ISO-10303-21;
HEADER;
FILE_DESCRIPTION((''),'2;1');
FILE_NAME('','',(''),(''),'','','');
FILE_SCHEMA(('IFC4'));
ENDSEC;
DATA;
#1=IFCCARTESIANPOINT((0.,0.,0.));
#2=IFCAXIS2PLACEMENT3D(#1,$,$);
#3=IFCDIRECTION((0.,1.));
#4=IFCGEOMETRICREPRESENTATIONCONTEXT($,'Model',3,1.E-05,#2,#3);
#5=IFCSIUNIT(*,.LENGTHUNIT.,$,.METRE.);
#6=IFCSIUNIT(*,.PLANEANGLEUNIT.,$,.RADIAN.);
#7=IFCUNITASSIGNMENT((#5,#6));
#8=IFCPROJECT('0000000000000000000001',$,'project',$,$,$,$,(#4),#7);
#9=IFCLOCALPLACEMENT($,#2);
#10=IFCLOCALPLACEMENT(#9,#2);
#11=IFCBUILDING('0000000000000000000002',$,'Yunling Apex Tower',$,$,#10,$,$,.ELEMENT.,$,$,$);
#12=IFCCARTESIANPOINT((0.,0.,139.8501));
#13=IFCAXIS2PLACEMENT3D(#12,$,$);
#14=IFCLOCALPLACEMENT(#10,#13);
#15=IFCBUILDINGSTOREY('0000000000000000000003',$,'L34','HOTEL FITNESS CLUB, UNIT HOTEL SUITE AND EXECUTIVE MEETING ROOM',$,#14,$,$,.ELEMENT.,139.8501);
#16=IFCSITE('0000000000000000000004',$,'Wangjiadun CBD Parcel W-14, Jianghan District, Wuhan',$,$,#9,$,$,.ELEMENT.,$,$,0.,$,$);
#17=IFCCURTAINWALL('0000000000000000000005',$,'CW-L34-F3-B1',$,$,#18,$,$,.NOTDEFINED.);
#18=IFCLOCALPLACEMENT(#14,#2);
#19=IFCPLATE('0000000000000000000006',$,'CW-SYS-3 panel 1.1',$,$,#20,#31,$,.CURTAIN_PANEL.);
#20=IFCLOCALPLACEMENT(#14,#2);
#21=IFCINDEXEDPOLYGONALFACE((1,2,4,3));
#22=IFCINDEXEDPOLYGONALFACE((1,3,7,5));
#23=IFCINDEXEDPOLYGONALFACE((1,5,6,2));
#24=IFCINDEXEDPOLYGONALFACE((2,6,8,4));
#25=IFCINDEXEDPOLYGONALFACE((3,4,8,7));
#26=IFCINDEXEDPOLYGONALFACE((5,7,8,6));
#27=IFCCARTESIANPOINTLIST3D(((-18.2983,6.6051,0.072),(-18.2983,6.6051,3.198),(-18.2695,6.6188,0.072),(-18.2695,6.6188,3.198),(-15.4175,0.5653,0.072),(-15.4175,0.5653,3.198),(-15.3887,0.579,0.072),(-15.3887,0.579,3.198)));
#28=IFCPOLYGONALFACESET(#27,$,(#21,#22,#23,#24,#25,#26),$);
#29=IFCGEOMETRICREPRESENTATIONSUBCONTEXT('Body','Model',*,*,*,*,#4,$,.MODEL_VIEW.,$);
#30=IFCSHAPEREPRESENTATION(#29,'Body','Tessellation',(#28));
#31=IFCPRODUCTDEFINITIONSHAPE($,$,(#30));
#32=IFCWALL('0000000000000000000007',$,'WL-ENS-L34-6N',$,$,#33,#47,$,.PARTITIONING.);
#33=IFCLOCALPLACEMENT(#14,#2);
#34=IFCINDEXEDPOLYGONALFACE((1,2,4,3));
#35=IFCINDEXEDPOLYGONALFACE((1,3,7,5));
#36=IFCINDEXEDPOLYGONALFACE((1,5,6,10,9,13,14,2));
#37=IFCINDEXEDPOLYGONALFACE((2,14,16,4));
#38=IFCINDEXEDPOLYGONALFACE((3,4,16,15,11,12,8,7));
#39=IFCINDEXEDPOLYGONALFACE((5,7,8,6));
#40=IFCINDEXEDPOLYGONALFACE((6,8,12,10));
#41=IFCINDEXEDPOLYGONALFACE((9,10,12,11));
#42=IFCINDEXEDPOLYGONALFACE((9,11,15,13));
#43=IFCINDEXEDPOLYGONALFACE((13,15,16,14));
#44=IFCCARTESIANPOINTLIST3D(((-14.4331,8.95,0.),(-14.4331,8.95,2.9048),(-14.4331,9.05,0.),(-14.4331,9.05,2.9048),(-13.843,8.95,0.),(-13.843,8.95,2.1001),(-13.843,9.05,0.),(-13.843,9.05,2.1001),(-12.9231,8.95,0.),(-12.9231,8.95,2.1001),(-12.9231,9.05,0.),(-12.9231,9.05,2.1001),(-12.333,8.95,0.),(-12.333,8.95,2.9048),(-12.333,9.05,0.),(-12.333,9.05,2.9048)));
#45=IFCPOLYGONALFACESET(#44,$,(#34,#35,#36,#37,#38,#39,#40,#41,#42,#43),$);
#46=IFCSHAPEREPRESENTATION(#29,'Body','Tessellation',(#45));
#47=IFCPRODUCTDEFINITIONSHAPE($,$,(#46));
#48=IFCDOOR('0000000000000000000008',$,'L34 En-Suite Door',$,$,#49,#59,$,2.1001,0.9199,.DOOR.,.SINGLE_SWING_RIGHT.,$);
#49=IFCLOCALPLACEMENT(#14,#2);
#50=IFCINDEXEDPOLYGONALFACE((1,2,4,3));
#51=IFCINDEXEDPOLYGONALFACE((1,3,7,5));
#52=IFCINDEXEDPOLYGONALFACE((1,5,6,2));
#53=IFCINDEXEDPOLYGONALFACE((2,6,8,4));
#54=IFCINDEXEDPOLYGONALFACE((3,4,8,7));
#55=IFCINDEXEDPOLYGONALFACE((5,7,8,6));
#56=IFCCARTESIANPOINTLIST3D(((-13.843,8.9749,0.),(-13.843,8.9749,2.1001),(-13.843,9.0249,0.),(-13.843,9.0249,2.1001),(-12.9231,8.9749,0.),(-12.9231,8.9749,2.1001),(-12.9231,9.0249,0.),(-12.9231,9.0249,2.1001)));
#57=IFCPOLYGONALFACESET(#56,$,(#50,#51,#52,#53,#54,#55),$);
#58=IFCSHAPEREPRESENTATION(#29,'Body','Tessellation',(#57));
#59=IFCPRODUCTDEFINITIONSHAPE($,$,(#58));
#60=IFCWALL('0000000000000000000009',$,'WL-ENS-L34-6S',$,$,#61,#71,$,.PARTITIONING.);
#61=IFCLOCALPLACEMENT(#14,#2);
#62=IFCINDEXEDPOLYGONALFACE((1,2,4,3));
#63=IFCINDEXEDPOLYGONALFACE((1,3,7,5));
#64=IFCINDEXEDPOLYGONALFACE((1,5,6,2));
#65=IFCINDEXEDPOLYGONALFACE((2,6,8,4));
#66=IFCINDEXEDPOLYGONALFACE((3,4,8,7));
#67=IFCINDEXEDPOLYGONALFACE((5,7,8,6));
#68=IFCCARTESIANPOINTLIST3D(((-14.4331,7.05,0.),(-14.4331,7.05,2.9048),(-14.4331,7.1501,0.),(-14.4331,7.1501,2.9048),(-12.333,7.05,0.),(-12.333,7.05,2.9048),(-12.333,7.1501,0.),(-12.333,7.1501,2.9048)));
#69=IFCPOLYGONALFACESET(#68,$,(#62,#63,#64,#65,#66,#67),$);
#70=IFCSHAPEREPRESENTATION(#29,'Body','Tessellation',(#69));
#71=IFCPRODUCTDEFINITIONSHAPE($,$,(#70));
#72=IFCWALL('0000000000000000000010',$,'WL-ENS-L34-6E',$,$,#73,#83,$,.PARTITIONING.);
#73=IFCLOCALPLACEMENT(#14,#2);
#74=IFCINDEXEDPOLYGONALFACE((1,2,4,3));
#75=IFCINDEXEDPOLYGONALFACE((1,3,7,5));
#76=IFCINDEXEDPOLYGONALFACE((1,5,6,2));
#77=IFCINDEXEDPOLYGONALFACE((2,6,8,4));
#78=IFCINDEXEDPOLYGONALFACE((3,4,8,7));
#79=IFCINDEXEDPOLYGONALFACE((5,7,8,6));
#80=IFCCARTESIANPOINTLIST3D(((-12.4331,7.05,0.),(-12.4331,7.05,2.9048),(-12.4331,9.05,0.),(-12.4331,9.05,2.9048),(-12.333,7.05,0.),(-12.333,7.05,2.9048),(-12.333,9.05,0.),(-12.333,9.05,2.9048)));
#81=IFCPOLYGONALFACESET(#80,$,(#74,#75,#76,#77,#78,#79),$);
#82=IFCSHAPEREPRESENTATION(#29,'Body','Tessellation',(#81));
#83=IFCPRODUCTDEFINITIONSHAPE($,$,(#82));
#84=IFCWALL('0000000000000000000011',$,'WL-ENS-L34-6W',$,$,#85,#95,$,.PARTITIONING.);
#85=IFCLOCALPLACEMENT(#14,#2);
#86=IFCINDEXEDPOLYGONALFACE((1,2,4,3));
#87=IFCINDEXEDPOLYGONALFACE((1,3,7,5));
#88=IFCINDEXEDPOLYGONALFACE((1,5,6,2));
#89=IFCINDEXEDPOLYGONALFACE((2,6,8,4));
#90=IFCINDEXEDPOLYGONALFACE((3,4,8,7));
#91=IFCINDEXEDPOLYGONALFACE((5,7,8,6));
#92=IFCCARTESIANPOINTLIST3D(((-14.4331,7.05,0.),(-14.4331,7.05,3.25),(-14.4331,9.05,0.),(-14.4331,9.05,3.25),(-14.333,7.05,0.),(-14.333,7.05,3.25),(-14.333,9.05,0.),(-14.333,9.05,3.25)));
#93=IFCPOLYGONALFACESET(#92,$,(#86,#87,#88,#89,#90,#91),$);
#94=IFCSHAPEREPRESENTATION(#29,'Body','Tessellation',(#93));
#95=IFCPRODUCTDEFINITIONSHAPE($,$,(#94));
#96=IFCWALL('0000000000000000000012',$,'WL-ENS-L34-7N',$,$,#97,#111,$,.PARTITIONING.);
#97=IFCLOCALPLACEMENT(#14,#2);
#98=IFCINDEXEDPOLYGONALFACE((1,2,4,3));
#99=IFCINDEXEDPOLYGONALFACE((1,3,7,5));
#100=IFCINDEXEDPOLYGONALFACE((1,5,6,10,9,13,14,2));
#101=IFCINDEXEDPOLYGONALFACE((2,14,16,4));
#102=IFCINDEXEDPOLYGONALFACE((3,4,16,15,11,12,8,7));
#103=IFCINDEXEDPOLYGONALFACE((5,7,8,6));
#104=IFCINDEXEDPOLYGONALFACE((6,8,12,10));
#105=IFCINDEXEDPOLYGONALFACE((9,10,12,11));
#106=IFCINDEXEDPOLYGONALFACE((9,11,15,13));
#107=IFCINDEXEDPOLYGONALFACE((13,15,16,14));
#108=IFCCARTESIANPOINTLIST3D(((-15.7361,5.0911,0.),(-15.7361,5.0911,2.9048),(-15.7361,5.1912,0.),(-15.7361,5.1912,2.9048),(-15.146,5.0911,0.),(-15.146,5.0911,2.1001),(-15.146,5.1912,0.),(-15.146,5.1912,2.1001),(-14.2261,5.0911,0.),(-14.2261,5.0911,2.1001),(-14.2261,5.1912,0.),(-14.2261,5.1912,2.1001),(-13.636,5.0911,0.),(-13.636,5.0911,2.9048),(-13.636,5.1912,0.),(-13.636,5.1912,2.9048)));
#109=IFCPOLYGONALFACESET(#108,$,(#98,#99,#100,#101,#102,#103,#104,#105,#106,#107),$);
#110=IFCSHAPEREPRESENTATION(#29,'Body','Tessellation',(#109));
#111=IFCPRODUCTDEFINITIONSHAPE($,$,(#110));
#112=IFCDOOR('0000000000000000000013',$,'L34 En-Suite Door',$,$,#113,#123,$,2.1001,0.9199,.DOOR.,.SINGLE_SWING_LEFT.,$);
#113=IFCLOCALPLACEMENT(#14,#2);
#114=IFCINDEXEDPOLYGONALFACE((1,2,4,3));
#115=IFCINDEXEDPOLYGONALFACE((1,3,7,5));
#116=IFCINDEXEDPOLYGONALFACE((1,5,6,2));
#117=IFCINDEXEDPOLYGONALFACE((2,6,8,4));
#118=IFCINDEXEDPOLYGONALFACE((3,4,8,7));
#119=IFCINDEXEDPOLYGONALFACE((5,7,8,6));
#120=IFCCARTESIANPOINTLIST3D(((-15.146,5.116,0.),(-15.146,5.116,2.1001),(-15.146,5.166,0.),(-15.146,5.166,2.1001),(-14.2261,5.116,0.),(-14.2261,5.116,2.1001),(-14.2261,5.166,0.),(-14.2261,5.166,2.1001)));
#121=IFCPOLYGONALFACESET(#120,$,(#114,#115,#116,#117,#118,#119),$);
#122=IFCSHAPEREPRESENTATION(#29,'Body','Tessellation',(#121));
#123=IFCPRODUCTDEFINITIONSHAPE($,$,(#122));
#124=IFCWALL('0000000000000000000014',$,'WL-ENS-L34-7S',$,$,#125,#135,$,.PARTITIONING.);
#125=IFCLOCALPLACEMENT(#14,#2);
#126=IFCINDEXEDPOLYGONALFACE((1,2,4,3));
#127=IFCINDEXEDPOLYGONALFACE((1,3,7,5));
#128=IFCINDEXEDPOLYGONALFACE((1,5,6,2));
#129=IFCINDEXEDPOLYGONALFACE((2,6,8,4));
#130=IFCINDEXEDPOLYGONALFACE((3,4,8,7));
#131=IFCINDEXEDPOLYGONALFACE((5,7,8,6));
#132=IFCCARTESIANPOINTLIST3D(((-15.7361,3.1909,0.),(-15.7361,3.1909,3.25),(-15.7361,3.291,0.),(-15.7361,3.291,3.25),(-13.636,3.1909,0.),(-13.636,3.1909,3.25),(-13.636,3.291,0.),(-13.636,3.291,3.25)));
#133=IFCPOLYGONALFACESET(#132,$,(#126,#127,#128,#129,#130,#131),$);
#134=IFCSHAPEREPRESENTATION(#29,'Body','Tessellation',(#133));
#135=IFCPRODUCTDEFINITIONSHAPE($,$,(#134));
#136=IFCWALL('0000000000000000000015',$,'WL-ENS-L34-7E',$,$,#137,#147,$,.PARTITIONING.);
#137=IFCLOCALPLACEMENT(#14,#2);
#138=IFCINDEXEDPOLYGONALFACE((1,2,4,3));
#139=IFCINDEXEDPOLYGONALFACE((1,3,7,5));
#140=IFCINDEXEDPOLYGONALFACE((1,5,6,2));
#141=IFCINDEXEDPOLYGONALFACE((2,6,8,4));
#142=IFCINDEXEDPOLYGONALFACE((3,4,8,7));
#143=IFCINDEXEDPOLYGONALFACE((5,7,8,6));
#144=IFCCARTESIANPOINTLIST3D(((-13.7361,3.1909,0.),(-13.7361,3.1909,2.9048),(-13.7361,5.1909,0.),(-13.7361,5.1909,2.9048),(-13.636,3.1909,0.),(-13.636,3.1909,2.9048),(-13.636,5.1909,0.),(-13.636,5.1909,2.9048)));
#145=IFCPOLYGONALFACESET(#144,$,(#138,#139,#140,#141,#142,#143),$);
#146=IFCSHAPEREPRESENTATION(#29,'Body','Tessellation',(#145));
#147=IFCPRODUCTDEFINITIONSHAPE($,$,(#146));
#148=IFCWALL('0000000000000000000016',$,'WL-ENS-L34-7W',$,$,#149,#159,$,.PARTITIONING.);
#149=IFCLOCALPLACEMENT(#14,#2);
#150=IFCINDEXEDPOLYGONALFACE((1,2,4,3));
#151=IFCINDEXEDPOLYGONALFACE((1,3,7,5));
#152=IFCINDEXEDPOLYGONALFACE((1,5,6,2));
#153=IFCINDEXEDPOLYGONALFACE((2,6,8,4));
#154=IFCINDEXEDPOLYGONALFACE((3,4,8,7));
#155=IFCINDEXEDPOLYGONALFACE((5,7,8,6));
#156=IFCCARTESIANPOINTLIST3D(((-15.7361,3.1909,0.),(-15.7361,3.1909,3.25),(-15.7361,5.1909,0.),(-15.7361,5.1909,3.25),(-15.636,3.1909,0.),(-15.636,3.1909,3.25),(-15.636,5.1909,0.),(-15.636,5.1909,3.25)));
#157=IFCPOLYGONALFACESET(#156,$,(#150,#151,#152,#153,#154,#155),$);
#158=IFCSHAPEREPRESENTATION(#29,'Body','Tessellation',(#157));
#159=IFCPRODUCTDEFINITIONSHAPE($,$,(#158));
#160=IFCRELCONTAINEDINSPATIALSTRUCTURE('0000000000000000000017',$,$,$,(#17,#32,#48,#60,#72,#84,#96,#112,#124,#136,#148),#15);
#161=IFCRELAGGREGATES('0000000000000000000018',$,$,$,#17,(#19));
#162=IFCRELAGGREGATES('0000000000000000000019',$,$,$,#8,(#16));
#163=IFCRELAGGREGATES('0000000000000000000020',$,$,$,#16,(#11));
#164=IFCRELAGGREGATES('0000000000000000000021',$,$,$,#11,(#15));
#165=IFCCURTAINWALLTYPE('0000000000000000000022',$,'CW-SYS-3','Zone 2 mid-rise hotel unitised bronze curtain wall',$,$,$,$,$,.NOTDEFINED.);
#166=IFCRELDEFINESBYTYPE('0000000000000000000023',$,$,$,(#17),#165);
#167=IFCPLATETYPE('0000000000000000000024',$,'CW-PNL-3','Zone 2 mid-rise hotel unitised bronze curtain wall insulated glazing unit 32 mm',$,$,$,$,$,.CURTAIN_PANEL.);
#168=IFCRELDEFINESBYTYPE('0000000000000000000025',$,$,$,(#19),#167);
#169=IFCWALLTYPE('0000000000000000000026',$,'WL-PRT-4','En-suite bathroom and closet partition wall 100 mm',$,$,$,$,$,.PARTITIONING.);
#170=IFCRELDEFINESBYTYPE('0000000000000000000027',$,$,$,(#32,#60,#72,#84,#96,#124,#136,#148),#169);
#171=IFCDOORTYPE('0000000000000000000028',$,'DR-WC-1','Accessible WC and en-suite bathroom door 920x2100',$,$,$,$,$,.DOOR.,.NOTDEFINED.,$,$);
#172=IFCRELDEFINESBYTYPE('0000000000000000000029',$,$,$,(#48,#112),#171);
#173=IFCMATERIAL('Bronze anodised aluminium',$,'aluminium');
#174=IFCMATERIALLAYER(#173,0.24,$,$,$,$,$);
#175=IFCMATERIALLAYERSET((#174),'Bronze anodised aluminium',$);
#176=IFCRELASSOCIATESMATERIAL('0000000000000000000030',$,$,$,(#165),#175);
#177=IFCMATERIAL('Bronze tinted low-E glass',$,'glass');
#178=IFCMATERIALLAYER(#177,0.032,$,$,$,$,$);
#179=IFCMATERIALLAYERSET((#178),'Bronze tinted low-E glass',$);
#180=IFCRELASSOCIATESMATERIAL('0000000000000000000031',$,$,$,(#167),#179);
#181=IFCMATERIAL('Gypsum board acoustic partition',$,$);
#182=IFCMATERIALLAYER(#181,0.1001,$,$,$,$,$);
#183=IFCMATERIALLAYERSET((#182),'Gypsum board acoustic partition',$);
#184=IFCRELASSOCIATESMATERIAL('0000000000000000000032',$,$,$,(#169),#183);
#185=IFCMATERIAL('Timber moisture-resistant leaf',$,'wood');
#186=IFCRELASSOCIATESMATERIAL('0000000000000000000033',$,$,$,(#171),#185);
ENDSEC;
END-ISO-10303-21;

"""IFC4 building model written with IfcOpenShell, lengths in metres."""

from ifc_helpers import new_model, si_unit, direction, frame, frame_2d, origin, origin_2d, place, context, subcontext, project, spatial, rectangle, extrude, source, transform, mapped, material, layer, layer_set, type_object, element, fill, aggregate, save


model = new_model("IFC4")

# Units and contexts
model_context = context("Model", 3, precision=1e-05, world=origin(), true_north=direction((0.0, 1.0)))
body_context = subcontext(model_context, "Body", "Model", "MODEL_VIEW")
ifc_project = project(units=[si_unit("LENGTHUNIT", "METRE"), si_unit("PLANEANGLEUNIT", "RADIAN")], contexts=[model_context])

# Site, building, storey
site_placement = place(None, origin())
site = spatial("IfcSite", under=ifc_project, at=site_placement, Name="Wangjiadun CBD Parcel W-14, Jianghan District, Wuhan", CompositionType="ELEMENT", RefElevation=0.0)
building_placement = place(site_placement, origin())
building = spatial("IfcBuilding", under=site, at=building_placement, Name="Yunling Apex Tower", CompositionType="ELEMENT")
storey_placement = place(building_placement, frame((0.0, 0.0, 139.8501)))
storey = spatial("IfcBuildingStorey", under=building, at=storey_placement, Name="L34", Description="HOTEL FITNESS CLUB, UNIT HOTEL SUITE AND EXECUTIVE MEETING ROOM", CompositionType="ELEMENT", Elevation=139.8501)

# Curtain wall
ifc_material_1 = material(Name="Bronze anodised aluminium", Category="aluminium")
ifc_layer_1 = layer(ifc_material_1, 0.24)
ifc_layer_set_1 = layer_set([ifc_layer_1], Name="Bronze anodised aluminium")
curtain_wall_type = type_object("IfcCurtainWallType", Name="CW-SYS-3", Description="Zone 2 mid-rise hotel unitised bronze curtain wall", PredefinedType="NOTDEFINED", material=ifc_layer_set_1)
curtain_wall_1_placement = place(storey_placement, origin())
curtain_wall_1 = element("IfcCurtainWall", 1, at=curtain_wall_1_placement, inside=storey, type_object=curtain_wall_type, Name="CW-L34-F3-B1", PredefinedType="NOTDEFINED")

# Plate
ifc_material_2 = material(Name="Bronze tinted low-E glass", Category="glass")
ifc_layer_2 = layer(ifc_material_2, 0.032)
ifc_layer_set_2 = layer_set([ifc_layer_2], Name="Bronze tinted low-E glass")
plate_type = type_object("IfcPlateType", Name="CW-PNL-3", Description="Zone 2 mid-rise hotel unitised bronze curtain wall insulated glazing unit 32 mm", PredefinedType="CURTAIN_PANEL", material=ifc_layer_set_2)
shared_shape_1 = source(origin(), body_context, "Body", "SweptSolid", [
    extrude(rectangle(XDim=6.6917, YDim=0.032, at=origin_2d()), origin(), (0.0, 0.0, 1.0), 3.126),
])
plate_1_placement = place(storey_placement, frame((-16.8435, 3.592, 0.072), z_axis=(0.0, 0.0, 1.0), x_axis=(0.430506, -0.902588, 0.0)))
plate_1 = element("IfcPlate", 2, at=plate_1_placement, type_object=plate_type, Name="CW-SYS-3 panel 1.1", PredefinedType="CURTAIN_PANEL", context=body_context, shape_type="MappedRepresentation", body=[
    mapped(shared_shape_1, transform((0.0, 0.0, 0.0), scale=1.0)),
])
aggregate(curtain_wall_1, [plate_1])

# Wall, opening, door
ifc_material_3 = material(Name="Gypsum board acoustic partition")
ifc_layer_3 = layer(ifc_material_3, 0.1001)
ifc_layer_set_3 = layer_set([ifc_layer_3], Name="Gypsum board acoustic partition")
wall_type = type_object("IfcWallType", Name="WL-PRT-4", Description="En-suite bathroom and closet partition wall 100 mm", PredefinedType="PARTITIONING", material=ifc_layer_set_3)
wall_1_placement = place(storey_placement, frame((-14.4331, 9.0, 0.0), z_axis=(0.0, 0.0, 1.0), x_axis=(1.0, 0.0, 0.0)))
wall_1 = element("IfcWall", 3, at=wall_1_placement, inside=storey, type_object=wall_type, Name="WL-ENS-L34-6N", PredefinedType="PARTITIONING", context=body_context, shape_type="SweptSolid", body=[
    extrude(rectangle(XDim=2.1001, YDim=0.1001, at=frame_2d((1.05, 0.0))), origin(), (0.0, 0.0, 1.0), 2.9048),
])
opening_1_placement = place(wall_1_placement, frame((0.5901, 0.0, 0.0)))
opening_1 = element("IfcOpeningElement", 4, at=opening_1_placement, cuts=wall_1, PredefinedType="OPENING", context=body_context, shape_type="SweptSolid", body=[
    extrude(rectangle(XDim=0.9199, YDim=2.1001, at=frame_2d((0.46, 1.05))), frame((0.0, 0.0601, 0.0), z_axis=(0.0, -1.0, 0.0), x_axis=(1.0, 0.0, 0.0)), (0.0, 0.0, 1.0), 0.1201),
])
ifc_material_4 = material(Name="Timber moisture-resistant leaf", Category="wood")
door_type = type_object("IfcDoorType", Name="DR-WC-1", Description="Accessible WC and en-suite bathroom door 920x2100", OperationType="NOTDEFINED", PredefinedType="DOOR", material=ifc_material_4)
door_1_placement = place(opening_1_placement, origin())
door_1 = element("IfcDoor", 5, at=door_1_placement, inside=storey, type_object=door_type, Name="L34 En-Suite Door", OperationType="SINGLE_SWING_RIGHT", OverallHeight=2.1001, OverallWidth=0.9199, PredefinedType="DOOR", context=body_context, shape_type="SweptSolid", body=[
    extrude(rectangle(XDim=0.9199, YDim=2.1001, at=frame_2d((0.46, 1.05))), frame((0.0, 0.0249, 0.0), z_axis=(0.0, -1.0, 0.0), x_axis=(1.0, 0.0, 0.0)), (0.0, 0.0, 1.0), 0.05),
])
fill(opening_1, door_1)

# Walls
wall_2_placement = place(storey_placement, frame((-12.333, 7.1001, 0.0), z_axis=(0.0, 0.0, 1.0), x_axis=(-1.0, 0.0, 0.0)))
element("IfcWall", 6, at=wall_2_placement, inside=storey, type_object=wall_type, Name="WL-ENS-L34-6S", PredefinedType="PARTITIONING", context=body_context, shape_type="SweptSolid", body=[
    extrude(rectangle(XDim=2.1001, YDim=0.1001, at=frame_2d((1.05, 0.0))), origin(), (0.0, 0.0, 1.0), 2.9048),
])
wall_3_placement = place(storey_placement, frame((-12.3831, 9.05, 0.0), z_axis=(0.0, 0.0, 1.0), x_axis=(0.0, -1.0, 0.0)))
element("IfcWall", 7, at=wall_3_placement, inside=storey, type_object=wall_type, Name="WL-ENS-L34-6E", PredefinedType="PARTITIONING", context=body_context, shape_type="SweptSolid", body=[
    extrude(rectangle(XDim=2.0, YDim=0.1001, at=frame_2d((1.0, 0.0))), origin(), (0.0, 0.0, 1.0), 2.9048),
])
wall_4_placement = place(storey_placement, frame((-14.3831, 7.05, 0.0), z_axis=(0.0, 0.0, 1.0), x_axis=(0.0, 1.0, 0.0)))
element("IfcWall", 8, at=wall_4_placement, inside=storey, type_object=wall_type, Name="WL-ENS-L34-6W", PredefinedType="PARTITIONING", context=body_context, shape_type="SweptSolid", body=[
    extrude(rectangle(XDim=2.0, YDim=0.1001, at=frame_2d((1.0, 0.0))), origin(), (0.0, 0.0, 1.0), 3.25),
])

# Wall, opening, door
wall_5_placement = place(storey_placement, frame((-15.7361, 5.1411, 0.0), z_axis=(0.0, 0.0, 1.0), x_axis=(1.0, 0.0, 0.0)))
wall_5 = element("IfcWall", 9, at=wall_5_placement, inside=storey, type_object=wall_type, Name="WL-ENS-L34-7N", PredefinedType="PARTITIONING", context=body_context, shape_type="SweptSolid", body=[
    extrude(rectangle(XDim=2.1001, YDim=0.1001, at=frame_2d((1.05, 0.0))), origin(), (0.0, 0.0, 1.0), 2.9048),
])
opening_2_placement = place(wall_5_placement, frame((0.5901, 0.0, 0.0)))
opening_2 = element("IfcOpeningElement", 10, at=opening_2_placement, cuts=wall_5, PredefinedType="OPENING", context=body_context, shape_type="SweptSolid", body=[
    extrude(rectangle(XDim=0.9199, YDim=2.1001, at=frame_2d((0.46, 1.05))), frame((0.0, 0.0601, 0.0), z_axis=(0.0, -1.0, 0.0), x_axis=(1.0, 0.0, 0.0)), (0.0, 0.0, 1.0), 0.1201),
])
door_2_placement = place(opening_2_placement, origin())
door_2 = element("IfcDoor", 11, at=door_2_placement, inside=storey, type_object=door_type, Name="L34 En-Suite Door", OperationType="SINGLE_SWING_LEFT", OverallHeight=2.1001, OverallWidth=0.9199, PredefinedType="DOOR", context=body_context, shape_type="SweptSolid", body=[
    extrude(rectangle(XDim=0.9199, YDim=2.1001, at=frame_2d((0.46, 1.05))), frame((0.0, 0.0249, 0.0), z_axis=(0.0, -1.0, 0.0), x_axis=(1.0, 0.0, 0.0)), (0.0, 0.0, 1.0), 0.05),
])
fill(opening_2, door_2)

# Walls
wall_6_placement = place(storey_placement, frame((-13.636, 3.241, 0.0), z_axis=(0.0, 0.0, 1.0), x_axis=(-1.0, 0.0, 0.0)))
element("IfcWall", 12, at=wall_6_placement, inside=storey, type_object=wall_type, Name="WL-ENS-L34-7S", PredefinedType="PARTITIONING", context=body_context, shape_type="SweptSolid", body=[
    extrude(rectangle(XDim=2.1001, YDim=0.1001, at=frame_2d((1.05, 0.0))), origin(), (0.0, 0.0, 1.0), 3.25),
])
wall_7_placement = place(storey_placement, frame((-13.686, 5.1909, 0.0), z_axis=(0.0, 0.0, 1.0), x_axis=(0.0, -1.0, 0.0)))
element("IfcWall", 13, at=wall_7_placement, inside=storey, type_object=wall_type, Name="WL-ENS-L34-7E", PredefinedType="PARTITIONING", context=body_context, shape_type="SweptSolid", body=[
    extrude(rectangle(XDim=2.0, YDim=0.1001, at=frame_2d((1.0, 0.0))), origin(), (0.0, 0.0, 1.0), 2.9048),
])
wall_8_placement = place(storey_placement, frame((-15.686, 3.1909, 0.0), z_axis=(0.0, 0.0, 1.0), x_axis=(0.0, 1.0, 0.0)))
element("IfcWall", 14, at=wall_8_placement, inside=storey, type_object=wall_type, Name="WL-ENS-L34-7W", PredefinedType="PARTITIONING", context=body_context, shape_type="SweptSolid", body=[
    extrude(rectangle(XDim=2.0, YDim=0.1001, at=frame_2d((1.0, 0.0))), origin(), (0.0, 0.0, 1.0), 3.25),
])

save(model, "model.ifc")
